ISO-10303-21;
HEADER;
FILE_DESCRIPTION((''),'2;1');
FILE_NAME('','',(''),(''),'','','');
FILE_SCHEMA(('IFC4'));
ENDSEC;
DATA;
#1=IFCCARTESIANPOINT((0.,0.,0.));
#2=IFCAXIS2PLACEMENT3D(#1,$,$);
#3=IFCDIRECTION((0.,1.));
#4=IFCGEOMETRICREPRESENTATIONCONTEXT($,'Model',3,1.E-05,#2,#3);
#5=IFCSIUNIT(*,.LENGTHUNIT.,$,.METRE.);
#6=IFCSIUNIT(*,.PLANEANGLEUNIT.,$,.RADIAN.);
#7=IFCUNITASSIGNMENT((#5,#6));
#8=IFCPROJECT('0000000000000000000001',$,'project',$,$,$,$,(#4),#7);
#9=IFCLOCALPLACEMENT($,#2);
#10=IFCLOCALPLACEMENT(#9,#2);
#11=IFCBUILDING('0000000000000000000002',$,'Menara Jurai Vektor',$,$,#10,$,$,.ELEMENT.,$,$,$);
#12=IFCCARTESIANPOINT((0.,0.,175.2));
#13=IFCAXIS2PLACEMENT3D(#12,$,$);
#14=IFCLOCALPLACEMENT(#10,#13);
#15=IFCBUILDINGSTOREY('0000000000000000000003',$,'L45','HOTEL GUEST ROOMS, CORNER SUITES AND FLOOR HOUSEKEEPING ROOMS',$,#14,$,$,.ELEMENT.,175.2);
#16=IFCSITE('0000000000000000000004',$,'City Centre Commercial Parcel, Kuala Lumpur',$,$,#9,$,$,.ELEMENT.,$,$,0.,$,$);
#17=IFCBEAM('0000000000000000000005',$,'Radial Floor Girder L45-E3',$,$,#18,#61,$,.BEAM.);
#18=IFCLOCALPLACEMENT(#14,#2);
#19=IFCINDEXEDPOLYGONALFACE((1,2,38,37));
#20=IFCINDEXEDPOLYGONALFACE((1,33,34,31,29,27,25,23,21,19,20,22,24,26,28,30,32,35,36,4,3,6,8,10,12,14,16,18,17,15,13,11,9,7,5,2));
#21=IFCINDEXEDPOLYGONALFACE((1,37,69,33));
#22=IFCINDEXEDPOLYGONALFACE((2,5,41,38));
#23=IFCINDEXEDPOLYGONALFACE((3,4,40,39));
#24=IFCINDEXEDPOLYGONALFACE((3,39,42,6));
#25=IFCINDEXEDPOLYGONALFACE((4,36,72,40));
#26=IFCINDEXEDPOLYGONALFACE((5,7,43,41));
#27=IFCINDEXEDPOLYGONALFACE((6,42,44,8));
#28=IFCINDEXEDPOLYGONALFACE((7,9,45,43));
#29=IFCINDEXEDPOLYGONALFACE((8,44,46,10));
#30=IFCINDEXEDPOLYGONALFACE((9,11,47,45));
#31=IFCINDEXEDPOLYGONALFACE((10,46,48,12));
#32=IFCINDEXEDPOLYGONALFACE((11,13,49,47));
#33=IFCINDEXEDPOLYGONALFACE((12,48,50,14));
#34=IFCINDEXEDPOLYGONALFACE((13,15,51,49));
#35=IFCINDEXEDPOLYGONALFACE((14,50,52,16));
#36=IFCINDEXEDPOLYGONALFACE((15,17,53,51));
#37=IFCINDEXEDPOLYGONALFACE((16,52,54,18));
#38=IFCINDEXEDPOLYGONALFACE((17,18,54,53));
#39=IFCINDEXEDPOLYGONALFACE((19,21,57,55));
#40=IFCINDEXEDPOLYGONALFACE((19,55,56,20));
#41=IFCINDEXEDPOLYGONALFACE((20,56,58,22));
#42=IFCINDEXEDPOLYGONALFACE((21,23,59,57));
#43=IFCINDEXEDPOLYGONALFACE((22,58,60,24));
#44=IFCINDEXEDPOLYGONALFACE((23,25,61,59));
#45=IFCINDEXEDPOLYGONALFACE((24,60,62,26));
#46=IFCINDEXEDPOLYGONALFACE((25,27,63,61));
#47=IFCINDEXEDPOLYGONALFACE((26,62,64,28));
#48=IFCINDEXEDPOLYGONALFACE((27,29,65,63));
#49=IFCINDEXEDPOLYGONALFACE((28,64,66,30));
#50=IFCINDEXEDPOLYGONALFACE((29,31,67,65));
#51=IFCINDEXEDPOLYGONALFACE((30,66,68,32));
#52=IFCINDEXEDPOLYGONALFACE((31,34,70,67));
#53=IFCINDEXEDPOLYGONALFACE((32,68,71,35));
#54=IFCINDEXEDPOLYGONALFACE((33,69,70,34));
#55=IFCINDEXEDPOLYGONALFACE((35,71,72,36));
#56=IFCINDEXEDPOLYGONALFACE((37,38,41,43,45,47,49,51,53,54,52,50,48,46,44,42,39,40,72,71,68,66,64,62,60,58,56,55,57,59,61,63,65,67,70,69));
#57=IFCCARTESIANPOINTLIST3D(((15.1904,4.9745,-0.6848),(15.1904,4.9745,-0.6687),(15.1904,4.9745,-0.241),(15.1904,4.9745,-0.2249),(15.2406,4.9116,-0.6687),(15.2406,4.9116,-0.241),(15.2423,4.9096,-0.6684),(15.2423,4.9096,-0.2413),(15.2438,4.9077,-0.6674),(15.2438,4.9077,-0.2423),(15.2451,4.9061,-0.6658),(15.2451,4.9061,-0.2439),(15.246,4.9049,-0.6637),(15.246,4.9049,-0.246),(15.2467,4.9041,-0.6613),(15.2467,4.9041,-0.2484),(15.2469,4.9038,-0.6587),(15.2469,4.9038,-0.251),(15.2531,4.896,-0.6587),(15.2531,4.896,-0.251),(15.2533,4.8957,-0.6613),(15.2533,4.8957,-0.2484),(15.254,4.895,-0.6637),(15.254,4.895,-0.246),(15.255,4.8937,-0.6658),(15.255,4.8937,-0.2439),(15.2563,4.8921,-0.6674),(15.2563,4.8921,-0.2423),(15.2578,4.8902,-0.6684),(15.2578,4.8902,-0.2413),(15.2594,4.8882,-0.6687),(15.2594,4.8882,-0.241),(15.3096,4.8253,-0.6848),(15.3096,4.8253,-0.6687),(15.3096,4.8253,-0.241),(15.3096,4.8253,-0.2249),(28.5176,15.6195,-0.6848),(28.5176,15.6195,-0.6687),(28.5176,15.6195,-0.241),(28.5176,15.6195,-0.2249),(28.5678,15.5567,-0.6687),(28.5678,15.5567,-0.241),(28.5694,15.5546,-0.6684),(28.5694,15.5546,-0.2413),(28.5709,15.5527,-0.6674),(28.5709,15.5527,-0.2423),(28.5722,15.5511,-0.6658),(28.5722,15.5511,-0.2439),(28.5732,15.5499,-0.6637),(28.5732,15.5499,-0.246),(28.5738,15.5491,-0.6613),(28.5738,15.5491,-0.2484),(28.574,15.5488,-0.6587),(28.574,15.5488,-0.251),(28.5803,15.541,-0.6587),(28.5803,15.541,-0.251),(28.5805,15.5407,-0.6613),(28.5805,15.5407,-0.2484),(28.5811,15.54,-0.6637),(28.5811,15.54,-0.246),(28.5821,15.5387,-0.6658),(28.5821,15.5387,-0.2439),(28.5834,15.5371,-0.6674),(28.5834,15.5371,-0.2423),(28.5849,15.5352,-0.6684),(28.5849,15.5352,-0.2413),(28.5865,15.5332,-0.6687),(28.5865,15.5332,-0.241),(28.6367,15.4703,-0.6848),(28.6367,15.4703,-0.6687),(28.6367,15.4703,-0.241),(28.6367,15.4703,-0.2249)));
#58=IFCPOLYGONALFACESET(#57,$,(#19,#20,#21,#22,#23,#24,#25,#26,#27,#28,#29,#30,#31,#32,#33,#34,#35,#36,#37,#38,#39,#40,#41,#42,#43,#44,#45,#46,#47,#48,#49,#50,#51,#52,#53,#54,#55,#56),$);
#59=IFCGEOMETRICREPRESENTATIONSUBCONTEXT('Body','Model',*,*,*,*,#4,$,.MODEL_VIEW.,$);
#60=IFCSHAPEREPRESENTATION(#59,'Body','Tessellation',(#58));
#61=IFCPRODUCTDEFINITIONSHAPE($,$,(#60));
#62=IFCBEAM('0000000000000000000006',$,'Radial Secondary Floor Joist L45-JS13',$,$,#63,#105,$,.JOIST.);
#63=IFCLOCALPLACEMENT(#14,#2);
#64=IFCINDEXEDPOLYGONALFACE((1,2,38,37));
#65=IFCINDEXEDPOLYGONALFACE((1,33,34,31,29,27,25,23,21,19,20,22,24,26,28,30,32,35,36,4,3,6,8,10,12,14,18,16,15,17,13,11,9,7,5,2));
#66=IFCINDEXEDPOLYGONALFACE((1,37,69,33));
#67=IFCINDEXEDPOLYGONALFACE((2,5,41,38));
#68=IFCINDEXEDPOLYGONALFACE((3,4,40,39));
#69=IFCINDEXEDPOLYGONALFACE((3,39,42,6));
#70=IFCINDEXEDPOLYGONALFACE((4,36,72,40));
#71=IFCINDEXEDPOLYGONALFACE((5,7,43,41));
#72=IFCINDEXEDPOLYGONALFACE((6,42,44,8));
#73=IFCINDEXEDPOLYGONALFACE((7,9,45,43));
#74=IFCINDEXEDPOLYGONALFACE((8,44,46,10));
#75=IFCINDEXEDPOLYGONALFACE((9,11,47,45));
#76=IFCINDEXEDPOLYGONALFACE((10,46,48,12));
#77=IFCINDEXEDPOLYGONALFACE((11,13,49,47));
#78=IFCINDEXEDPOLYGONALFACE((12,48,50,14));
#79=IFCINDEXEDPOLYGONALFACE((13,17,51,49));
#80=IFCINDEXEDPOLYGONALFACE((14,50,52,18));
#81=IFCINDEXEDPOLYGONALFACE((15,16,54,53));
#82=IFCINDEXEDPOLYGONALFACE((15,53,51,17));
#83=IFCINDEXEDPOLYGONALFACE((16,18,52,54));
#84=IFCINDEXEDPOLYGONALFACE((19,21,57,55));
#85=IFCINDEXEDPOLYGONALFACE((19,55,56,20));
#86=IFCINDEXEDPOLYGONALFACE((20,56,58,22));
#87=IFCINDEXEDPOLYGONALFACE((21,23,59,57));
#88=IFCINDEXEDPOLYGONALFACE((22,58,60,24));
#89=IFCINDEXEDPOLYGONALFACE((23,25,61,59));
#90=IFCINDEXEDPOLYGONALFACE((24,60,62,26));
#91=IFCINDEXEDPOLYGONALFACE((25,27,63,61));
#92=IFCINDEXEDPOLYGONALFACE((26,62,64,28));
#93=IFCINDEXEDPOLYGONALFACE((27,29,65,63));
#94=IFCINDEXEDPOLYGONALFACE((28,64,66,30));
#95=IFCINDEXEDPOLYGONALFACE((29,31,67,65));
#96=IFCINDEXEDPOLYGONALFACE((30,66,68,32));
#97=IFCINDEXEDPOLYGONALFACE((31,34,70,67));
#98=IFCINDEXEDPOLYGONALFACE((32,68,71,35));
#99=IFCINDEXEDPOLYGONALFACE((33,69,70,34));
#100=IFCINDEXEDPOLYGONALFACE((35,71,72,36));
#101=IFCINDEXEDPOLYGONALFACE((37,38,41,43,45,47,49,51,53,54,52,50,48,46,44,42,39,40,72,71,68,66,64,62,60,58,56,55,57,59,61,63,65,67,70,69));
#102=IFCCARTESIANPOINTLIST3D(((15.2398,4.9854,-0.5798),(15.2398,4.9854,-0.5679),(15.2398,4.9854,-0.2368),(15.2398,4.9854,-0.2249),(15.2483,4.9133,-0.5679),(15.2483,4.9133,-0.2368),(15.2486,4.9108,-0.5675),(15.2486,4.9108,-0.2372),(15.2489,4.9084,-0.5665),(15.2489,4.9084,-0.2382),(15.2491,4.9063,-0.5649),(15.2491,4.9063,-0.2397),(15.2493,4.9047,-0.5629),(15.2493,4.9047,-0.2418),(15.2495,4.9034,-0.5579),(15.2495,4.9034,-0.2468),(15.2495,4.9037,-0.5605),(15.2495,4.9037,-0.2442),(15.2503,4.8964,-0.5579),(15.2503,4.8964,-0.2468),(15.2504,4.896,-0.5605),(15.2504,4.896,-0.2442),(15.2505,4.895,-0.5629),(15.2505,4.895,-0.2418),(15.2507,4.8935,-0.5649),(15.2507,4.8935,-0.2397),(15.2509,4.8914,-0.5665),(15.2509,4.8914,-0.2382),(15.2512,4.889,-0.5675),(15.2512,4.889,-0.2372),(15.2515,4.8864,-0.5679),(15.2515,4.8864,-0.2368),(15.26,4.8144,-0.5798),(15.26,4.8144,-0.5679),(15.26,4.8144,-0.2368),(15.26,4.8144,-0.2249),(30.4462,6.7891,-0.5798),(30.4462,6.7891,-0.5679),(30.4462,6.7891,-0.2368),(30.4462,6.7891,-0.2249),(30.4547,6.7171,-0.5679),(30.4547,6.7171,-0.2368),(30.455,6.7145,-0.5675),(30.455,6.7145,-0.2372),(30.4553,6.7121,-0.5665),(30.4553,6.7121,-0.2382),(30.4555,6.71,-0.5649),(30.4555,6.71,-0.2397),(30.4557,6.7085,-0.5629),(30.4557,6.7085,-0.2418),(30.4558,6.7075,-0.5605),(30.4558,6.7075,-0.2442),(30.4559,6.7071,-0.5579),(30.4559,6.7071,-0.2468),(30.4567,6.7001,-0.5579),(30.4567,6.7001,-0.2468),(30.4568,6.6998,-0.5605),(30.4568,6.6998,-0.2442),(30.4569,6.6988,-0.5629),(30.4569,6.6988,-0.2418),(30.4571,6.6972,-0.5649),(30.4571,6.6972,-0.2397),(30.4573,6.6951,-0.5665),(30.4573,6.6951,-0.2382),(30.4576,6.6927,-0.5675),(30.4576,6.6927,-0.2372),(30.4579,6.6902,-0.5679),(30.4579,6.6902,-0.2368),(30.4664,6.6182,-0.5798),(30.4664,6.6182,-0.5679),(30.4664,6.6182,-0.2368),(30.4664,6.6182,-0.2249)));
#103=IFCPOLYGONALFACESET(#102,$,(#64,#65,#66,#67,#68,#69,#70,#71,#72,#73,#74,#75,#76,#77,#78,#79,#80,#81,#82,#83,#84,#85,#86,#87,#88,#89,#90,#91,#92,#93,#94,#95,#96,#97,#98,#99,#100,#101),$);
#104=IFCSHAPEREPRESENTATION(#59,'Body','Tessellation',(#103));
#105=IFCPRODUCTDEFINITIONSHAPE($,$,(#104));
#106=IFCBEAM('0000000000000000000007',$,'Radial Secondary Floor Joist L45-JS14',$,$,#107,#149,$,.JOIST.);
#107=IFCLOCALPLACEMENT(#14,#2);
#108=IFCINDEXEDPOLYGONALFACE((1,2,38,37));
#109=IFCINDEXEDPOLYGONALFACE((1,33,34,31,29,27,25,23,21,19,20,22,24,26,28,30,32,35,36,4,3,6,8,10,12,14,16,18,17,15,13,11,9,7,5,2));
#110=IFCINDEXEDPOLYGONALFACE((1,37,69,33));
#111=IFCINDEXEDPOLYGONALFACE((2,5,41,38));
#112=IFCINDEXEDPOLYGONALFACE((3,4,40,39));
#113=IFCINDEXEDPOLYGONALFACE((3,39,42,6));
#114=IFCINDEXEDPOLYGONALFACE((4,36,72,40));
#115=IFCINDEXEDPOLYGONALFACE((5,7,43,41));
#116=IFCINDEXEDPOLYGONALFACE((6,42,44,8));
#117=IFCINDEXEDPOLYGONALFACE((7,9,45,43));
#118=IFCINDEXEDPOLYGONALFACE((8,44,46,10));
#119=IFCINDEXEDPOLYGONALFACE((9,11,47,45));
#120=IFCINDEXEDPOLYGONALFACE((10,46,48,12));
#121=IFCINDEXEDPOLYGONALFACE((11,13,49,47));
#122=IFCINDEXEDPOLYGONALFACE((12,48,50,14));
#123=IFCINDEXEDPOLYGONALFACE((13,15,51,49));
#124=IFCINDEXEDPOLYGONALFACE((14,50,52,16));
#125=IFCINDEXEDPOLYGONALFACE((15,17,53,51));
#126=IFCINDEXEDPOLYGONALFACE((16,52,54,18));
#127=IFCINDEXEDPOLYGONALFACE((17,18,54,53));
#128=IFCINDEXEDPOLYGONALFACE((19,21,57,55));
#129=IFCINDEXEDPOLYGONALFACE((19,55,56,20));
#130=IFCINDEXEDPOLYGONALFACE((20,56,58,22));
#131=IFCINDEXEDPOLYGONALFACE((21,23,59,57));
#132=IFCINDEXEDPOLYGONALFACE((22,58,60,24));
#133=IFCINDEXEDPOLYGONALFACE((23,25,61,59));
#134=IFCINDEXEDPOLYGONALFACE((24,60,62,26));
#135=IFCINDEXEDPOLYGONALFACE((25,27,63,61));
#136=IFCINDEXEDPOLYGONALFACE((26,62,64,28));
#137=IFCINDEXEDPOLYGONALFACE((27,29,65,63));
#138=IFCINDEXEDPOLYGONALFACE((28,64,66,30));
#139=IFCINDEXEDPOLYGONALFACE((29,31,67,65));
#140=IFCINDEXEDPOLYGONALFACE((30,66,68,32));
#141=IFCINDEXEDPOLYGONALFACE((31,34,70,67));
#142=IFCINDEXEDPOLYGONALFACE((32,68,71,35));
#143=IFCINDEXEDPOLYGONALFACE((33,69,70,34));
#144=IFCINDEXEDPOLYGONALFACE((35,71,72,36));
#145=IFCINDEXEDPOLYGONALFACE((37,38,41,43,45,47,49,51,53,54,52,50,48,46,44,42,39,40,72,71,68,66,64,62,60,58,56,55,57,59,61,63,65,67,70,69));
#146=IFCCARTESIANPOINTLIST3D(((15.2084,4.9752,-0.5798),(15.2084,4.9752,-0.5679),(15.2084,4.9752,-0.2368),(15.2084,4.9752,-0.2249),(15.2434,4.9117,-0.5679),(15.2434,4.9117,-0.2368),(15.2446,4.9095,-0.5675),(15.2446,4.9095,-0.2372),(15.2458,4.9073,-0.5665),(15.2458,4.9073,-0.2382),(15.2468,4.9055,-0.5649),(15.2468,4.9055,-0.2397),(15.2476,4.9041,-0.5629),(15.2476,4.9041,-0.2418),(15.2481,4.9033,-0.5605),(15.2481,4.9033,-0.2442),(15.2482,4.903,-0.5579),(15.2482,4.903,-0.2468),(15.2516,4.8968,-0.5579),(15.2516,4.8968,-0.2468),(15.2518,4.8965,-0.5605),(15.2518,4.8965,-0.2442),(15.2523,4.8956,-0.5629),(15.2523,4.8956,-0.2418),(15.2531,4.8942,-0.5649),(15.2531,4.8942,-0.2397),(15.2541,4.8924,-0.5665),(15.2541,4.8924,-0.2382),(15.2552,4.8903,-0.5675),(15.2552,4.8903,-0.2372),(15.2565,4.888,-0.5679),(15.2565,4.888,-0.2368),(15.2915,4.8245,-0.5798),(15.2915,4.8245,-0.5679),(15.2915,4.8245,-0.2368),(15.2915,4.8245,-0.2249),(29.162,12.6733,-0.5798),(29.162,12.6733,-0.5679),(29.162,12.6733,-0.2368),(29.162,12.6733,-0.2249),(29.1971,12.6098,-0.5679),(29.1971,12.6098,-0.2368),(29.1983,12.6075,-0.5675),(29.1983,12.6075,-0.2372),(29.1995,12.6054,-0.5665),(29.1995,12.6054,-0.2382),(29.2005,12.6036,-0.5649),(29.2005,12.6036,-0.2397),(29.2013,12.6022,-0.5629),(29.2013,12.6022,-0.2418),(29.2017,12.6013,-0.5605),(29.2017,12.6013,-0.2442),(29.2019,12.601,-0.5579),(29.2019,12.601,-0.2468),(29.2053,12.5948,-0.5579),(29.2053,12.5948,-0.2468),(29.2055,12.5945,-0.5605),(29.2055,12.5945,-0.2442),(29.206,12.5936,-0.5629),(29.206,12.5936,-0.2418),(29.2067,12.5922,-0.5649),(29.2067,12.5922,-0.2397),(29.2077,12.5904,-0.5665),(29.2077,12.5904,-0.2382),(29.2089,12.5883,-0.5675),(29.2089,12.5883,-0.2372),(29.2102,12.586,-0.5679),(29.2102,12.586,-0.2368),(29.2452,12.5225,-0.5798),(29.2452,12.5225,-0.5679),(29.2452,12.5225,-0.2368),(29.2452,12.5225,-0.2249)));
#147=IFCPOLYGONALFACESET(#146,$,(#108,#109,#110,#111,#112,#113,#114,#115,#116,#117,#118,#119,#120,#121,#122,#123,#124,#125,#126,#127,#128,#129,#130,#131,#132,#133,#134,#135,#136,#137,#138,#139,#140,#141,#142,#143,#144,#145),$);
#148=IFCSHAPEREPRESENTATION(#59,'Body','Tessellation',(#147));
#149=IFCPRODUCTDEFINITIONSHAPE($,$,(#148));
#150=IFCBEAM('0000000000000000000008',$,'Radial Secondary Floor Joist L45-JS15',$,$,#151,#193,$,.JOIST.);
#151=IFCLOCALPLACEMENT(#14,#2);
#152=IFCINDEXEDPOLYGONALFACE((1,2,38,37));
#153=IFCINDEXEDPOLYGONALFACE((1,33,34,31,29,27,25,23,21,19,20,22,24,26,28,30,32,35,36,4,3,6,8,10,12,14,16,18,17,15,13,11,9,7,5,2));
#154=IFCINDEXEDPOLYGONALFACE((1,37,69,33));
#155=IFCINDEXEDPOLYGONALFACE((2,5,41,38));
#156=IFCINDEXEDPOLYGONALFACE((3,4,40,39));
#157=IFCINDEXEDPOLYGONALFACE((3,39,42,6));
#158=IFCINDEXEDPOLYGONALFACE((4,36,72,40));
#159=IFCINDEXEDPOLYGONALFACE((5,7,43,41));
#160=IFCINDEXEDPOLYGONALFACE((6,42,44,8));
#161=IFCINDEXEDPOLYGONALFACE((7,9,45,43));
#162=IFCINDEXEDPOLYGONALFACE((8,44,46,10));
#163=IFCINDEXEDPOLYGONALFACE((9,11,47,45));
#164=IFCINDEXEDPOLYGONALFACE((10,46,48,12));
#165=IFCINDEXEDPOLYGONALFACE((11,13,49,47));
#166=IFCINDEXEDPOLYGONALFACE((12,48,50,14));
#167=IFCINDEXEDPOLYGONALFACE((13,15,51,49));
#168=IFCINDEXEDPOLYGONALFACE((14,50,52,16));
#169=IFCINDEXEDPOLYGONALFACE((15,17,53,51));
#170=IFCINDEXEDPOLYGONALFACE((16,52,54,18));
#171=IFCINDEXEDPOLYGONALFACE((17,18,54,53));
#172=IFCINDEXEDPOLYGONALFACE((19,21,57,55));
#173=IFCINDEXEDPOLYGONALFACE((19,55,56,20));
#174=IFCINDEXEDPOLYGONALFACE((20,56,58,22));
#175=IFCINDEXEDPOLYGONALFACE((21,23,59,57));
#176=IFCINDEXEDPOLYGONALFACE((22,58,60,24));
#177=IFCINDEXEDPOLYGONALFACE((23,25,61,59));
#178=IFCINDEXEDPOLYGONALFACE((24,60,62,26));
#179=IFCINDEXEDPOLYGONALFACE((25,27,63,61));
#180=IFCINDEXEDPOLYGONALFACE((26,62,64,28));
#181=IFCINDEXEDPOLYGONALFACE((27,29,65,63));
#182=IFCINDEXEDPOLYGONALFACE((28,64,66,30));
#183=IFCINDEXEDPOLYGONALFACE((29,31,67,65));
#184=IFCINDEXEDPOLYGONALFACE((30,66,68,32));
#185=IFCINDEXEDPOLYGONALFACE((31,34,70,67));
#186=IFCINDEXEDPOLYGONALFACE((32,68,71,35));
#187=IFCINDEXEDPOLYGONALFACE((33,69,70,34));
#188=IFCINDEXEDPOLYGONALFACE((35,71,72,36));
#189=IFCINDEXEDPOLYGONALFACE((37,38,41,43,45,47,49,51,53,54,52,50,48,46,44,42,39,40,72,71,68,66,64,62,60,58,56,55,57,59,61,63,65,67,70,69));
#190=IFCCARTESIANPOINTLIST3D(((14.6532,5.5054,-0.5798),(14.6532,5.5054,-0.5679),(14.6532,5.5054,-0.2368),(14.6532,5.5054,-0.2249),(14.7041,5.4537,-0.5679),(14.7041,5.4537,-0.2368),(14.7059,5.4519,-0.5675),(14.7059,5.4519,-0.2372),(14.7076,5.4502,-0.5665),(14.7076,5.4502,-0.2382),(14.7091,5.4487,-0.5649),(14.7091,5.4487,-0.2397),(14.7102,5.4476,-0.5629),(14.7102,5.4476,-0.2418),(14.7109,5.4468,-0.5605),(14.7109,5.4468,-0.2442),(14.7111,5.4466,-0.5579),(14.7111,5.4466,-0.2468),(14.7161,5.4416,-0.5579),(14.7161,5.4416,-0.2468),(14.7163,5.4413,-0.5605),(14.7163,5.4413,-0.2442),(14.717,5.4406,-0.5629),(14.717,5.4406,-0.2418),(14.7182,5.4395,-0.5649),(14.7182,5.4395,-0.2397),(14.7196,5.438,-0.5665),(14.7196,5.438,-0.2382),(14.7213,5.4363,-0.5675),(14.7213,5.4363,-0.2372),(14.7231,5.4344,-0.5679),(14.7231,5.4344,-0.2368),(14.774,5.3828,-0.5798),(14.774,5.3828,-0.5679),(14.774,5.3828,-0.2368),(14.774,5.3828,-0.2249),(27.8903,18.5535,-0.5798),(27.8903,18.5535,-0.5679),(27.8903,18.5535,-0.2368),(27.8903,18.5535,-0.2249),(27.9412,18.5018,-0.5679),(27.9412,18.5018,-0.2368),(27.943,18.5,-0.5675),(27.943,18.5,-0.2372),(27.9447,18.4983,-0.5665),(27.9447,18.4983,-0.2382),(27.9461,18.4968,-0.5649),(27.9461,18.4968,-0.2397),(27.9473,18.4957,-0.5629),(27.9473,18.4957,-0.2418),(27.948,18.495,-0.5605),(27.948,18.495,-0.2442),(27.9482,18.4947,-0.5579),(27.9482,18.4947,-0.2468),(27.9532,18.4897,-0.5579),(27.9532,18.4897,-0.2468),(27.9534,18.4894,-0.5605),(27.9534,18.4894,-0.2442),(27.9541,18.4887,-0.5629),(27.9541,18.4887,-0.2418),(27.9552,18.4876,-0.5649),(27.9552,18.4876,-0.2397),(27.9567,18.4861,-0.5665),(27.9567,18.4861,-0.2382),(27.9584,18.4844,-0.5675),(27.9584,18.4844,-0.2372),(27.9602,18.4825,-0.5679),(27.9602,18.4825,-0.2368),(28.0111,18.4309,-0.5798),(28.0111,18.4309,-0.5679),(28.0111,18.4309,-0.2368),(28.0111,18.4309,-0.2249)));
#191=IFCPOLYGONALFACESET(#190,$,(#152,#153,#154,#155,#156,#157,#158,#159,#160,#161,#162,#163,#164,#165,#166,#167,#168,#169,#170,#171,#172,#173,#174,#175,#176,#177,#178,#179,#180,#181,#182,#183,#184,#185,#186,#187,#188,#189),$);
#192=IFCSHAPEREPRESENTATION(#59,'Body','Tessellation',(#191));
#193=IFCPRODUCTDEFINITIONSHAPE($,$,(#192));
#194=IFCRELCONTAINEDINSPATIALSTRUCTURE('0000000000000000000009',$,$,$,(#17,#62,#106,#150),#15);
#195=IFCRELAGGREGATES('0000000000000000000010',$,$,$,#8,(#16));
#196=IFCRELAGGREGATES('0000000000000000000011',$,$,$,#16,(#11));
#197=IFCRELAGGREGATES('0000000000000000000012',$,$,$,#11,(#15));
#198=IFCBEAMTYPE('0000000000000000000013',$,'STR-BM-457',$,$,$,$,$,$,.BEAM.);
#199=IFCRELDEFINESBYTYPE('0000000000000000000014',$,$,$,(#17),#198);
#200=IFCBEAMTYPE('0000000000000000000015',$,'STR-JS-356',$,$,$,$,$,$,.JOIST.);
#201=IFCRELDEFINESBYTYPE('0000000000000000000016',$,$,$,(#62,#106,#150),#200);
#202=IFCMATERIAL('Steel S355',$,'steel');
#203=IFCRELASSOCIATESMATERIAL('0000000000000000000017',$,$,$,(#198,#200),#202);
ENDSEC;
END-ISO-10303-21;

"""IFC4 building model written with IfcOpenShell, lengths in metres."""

from ifc_helpers import new_model, si_unit, direction, frame, origin, origin_2d, place, context, subcontext, project, spatial, i_section, extrude, material, material_profile, profile_set, type_object, element, save


model = new_model("IFC4")

# Units and contexts
model_context = context("Model", 3, precision=1e-05, world=origin(), true_north=direction((0.0, 1.0)))
body_context = subcontext(model_context, "Body", "Model", "MODEL_VIEW")
ifc_project = project(units=[si_unit("LENGTHUNIT", "METRE"), si_unit("PLANEANGLEUNIT", "RADIAN")], contexts=[model_context])

# Site, building, storey
site_placement = place(None, origin())
site = spatial("IfcSite", under=ifc_project, at=site_placement, Name="City Centre Commercial Parcel, Kuala Lumpur", CompositionType="ELEMENT", RefElevation=0.0)
building_placement = place(site_placement, origin())
building = spatial("IfcBuilding", under=site, at=building_placement, Name="Menara Jurai Vektor", CompositionType="ELEMENT")
storey_placement = place(building_placement, frame((0.0, 0.0, 175.2)))
storey = spatial("IfcBuildingStorey", under=building, at=storey_placement, Name="L45", Description="HOTEL GUEST ROOMS, CORNER SUITES AND FLOOR HOUSEKEEPING ROOMS", CompositionType="ELEMENT", Elevation=175.2)

# Beams
ifc_material_1 = material(Name="Steel S355", Category="steel")
ifc_material_profile_1 = material_profile(ifc_material_1, i_section(OverallWidth=0.1909, OverallDepth=0.46, WebThickness=0.01, FlangeThickness=0.0161, FilletRadius=0.01, at=origin_2d()), Name="UKB 457x191x82")
ifc_profile_set_1 = profile_set([ifc_material_profile_1], Name="Steel S355")
beam_type_1 = type_object("IfcBeamType", Name="STR-BM-457", PredefinedType="BEAM", material=ifc_profile_set_1)
beam_1_placement = place(storey_placement, frame((28.5771, 15.5449, -0.4548), z_axis=(-0.781346, -0.624098, 0.0), x_axis=(0.624098, -0.781346, 0.0)))
element("IfcBeam", 1, at=beam_1_placement, inside=storey, type_object=beam_type_1, Name="Radial Floor Girder L45-E3", PredefinedType="BEAM", context=body_context, shape_type="SweptSolid", body=[
    extrude(i_section(OverallWidth=0.1909, OverallDepth=0.46, WebThickness=0.01, FlangeThickness=0.0161, FilletRadius=0.01, at=origin_2d()), origin(), (0.0, 0.0, 1.0), 17.0566),
])
ifc_material_profile_2 = material_profile(ifc_material_1, i_section(OverallWidth=0.1721, OverallDepth=0.355, WebThickness=0.0071, FlangeThickness=0.012, FilletRadius=0.01, at=origin_2d()), Name="UKB 356x171x51")
ifc_profile_set_2 = profile_set([ifc_material_profile_2], Name="Steel S355")
beam_type_2 = type_object("IfcBeamType", Name="STR-JS-356", PredefinedType="JOIST", material=ifc_profile_set_2)
beam_2_placement = place(storey_placement, frame((30.4563, 6.7036, -0.4023), z_axis=(-0.993038, -0.11779, 0.0), x_axis=(0.11779, -0.993038, 0.0)))
element("IfcBeam", 2, at=beam_2_placement, inside=storey, type_object=beam_type_2, Name="Radial Secondary Floor Joist L45-JS13", PredefinedType="JOIST", context=body_context, shape_type="SweptSolid", body=[
    extrude(i_section(OverallWidth=0.1721, OverallDepth=0.355, WebThickness=0.0071, FlangeThickness=0.012, FilletRadius=0.01, at=origin_2d()), origin(), (0.0, 0.0, 1.0), 15.313),
])
beam_3_placement = place(storey_placement, frame((29.2036, 12.5979, -0.4023), z_axis=(-0.875592, -0.483051, 0.0), x_axis=(0.483051, -0.875592, 0.0)))
element("IfcBeam", 3, at=beam_3_placement, inside=storey, type_object=beam_type_2, Name="Radial Secondary Floor Joist L45-JS14", PredefinedType="JOIST", context=body_context, shape_type="SweptSolid", body=[
    extrude(i_section(OverallWidth=0.1721, OverallDepth=0.355, WebThickness=0.0071, FlangeThickness=0.012, FilletRadius=0.01, at=origin_2d()), origin(), (0.0, 0.0, 1.0), 15.9363),
])
beam_4_placement = place(storey_placement, frame((27.9507, 18.4922, -0.4023), z_axis=(-0.712172, -0.702005, 0.0), x_axis=(0.702005, -0.712172, 0.0)))
element("IfcBeam", 4, at=beam_4_placement, inside=storey, type_object=beam_type_2, Name="Radial Secondary Floor Joist L45-JS15", PredefinedType="JOIST", context=body_context, shape_type="SweptSolid", body=[
    extrude(i_section(OverallWidth=0.1721, OverallDepth=0.355, WebThickness=0.0071, FlangeThickness=0.012, FilletRadius=0.01, at=origin_2d()), origin(), (0.0, 0.0, 1.0), 18.5869),
])

save(model, "model.ifc")
